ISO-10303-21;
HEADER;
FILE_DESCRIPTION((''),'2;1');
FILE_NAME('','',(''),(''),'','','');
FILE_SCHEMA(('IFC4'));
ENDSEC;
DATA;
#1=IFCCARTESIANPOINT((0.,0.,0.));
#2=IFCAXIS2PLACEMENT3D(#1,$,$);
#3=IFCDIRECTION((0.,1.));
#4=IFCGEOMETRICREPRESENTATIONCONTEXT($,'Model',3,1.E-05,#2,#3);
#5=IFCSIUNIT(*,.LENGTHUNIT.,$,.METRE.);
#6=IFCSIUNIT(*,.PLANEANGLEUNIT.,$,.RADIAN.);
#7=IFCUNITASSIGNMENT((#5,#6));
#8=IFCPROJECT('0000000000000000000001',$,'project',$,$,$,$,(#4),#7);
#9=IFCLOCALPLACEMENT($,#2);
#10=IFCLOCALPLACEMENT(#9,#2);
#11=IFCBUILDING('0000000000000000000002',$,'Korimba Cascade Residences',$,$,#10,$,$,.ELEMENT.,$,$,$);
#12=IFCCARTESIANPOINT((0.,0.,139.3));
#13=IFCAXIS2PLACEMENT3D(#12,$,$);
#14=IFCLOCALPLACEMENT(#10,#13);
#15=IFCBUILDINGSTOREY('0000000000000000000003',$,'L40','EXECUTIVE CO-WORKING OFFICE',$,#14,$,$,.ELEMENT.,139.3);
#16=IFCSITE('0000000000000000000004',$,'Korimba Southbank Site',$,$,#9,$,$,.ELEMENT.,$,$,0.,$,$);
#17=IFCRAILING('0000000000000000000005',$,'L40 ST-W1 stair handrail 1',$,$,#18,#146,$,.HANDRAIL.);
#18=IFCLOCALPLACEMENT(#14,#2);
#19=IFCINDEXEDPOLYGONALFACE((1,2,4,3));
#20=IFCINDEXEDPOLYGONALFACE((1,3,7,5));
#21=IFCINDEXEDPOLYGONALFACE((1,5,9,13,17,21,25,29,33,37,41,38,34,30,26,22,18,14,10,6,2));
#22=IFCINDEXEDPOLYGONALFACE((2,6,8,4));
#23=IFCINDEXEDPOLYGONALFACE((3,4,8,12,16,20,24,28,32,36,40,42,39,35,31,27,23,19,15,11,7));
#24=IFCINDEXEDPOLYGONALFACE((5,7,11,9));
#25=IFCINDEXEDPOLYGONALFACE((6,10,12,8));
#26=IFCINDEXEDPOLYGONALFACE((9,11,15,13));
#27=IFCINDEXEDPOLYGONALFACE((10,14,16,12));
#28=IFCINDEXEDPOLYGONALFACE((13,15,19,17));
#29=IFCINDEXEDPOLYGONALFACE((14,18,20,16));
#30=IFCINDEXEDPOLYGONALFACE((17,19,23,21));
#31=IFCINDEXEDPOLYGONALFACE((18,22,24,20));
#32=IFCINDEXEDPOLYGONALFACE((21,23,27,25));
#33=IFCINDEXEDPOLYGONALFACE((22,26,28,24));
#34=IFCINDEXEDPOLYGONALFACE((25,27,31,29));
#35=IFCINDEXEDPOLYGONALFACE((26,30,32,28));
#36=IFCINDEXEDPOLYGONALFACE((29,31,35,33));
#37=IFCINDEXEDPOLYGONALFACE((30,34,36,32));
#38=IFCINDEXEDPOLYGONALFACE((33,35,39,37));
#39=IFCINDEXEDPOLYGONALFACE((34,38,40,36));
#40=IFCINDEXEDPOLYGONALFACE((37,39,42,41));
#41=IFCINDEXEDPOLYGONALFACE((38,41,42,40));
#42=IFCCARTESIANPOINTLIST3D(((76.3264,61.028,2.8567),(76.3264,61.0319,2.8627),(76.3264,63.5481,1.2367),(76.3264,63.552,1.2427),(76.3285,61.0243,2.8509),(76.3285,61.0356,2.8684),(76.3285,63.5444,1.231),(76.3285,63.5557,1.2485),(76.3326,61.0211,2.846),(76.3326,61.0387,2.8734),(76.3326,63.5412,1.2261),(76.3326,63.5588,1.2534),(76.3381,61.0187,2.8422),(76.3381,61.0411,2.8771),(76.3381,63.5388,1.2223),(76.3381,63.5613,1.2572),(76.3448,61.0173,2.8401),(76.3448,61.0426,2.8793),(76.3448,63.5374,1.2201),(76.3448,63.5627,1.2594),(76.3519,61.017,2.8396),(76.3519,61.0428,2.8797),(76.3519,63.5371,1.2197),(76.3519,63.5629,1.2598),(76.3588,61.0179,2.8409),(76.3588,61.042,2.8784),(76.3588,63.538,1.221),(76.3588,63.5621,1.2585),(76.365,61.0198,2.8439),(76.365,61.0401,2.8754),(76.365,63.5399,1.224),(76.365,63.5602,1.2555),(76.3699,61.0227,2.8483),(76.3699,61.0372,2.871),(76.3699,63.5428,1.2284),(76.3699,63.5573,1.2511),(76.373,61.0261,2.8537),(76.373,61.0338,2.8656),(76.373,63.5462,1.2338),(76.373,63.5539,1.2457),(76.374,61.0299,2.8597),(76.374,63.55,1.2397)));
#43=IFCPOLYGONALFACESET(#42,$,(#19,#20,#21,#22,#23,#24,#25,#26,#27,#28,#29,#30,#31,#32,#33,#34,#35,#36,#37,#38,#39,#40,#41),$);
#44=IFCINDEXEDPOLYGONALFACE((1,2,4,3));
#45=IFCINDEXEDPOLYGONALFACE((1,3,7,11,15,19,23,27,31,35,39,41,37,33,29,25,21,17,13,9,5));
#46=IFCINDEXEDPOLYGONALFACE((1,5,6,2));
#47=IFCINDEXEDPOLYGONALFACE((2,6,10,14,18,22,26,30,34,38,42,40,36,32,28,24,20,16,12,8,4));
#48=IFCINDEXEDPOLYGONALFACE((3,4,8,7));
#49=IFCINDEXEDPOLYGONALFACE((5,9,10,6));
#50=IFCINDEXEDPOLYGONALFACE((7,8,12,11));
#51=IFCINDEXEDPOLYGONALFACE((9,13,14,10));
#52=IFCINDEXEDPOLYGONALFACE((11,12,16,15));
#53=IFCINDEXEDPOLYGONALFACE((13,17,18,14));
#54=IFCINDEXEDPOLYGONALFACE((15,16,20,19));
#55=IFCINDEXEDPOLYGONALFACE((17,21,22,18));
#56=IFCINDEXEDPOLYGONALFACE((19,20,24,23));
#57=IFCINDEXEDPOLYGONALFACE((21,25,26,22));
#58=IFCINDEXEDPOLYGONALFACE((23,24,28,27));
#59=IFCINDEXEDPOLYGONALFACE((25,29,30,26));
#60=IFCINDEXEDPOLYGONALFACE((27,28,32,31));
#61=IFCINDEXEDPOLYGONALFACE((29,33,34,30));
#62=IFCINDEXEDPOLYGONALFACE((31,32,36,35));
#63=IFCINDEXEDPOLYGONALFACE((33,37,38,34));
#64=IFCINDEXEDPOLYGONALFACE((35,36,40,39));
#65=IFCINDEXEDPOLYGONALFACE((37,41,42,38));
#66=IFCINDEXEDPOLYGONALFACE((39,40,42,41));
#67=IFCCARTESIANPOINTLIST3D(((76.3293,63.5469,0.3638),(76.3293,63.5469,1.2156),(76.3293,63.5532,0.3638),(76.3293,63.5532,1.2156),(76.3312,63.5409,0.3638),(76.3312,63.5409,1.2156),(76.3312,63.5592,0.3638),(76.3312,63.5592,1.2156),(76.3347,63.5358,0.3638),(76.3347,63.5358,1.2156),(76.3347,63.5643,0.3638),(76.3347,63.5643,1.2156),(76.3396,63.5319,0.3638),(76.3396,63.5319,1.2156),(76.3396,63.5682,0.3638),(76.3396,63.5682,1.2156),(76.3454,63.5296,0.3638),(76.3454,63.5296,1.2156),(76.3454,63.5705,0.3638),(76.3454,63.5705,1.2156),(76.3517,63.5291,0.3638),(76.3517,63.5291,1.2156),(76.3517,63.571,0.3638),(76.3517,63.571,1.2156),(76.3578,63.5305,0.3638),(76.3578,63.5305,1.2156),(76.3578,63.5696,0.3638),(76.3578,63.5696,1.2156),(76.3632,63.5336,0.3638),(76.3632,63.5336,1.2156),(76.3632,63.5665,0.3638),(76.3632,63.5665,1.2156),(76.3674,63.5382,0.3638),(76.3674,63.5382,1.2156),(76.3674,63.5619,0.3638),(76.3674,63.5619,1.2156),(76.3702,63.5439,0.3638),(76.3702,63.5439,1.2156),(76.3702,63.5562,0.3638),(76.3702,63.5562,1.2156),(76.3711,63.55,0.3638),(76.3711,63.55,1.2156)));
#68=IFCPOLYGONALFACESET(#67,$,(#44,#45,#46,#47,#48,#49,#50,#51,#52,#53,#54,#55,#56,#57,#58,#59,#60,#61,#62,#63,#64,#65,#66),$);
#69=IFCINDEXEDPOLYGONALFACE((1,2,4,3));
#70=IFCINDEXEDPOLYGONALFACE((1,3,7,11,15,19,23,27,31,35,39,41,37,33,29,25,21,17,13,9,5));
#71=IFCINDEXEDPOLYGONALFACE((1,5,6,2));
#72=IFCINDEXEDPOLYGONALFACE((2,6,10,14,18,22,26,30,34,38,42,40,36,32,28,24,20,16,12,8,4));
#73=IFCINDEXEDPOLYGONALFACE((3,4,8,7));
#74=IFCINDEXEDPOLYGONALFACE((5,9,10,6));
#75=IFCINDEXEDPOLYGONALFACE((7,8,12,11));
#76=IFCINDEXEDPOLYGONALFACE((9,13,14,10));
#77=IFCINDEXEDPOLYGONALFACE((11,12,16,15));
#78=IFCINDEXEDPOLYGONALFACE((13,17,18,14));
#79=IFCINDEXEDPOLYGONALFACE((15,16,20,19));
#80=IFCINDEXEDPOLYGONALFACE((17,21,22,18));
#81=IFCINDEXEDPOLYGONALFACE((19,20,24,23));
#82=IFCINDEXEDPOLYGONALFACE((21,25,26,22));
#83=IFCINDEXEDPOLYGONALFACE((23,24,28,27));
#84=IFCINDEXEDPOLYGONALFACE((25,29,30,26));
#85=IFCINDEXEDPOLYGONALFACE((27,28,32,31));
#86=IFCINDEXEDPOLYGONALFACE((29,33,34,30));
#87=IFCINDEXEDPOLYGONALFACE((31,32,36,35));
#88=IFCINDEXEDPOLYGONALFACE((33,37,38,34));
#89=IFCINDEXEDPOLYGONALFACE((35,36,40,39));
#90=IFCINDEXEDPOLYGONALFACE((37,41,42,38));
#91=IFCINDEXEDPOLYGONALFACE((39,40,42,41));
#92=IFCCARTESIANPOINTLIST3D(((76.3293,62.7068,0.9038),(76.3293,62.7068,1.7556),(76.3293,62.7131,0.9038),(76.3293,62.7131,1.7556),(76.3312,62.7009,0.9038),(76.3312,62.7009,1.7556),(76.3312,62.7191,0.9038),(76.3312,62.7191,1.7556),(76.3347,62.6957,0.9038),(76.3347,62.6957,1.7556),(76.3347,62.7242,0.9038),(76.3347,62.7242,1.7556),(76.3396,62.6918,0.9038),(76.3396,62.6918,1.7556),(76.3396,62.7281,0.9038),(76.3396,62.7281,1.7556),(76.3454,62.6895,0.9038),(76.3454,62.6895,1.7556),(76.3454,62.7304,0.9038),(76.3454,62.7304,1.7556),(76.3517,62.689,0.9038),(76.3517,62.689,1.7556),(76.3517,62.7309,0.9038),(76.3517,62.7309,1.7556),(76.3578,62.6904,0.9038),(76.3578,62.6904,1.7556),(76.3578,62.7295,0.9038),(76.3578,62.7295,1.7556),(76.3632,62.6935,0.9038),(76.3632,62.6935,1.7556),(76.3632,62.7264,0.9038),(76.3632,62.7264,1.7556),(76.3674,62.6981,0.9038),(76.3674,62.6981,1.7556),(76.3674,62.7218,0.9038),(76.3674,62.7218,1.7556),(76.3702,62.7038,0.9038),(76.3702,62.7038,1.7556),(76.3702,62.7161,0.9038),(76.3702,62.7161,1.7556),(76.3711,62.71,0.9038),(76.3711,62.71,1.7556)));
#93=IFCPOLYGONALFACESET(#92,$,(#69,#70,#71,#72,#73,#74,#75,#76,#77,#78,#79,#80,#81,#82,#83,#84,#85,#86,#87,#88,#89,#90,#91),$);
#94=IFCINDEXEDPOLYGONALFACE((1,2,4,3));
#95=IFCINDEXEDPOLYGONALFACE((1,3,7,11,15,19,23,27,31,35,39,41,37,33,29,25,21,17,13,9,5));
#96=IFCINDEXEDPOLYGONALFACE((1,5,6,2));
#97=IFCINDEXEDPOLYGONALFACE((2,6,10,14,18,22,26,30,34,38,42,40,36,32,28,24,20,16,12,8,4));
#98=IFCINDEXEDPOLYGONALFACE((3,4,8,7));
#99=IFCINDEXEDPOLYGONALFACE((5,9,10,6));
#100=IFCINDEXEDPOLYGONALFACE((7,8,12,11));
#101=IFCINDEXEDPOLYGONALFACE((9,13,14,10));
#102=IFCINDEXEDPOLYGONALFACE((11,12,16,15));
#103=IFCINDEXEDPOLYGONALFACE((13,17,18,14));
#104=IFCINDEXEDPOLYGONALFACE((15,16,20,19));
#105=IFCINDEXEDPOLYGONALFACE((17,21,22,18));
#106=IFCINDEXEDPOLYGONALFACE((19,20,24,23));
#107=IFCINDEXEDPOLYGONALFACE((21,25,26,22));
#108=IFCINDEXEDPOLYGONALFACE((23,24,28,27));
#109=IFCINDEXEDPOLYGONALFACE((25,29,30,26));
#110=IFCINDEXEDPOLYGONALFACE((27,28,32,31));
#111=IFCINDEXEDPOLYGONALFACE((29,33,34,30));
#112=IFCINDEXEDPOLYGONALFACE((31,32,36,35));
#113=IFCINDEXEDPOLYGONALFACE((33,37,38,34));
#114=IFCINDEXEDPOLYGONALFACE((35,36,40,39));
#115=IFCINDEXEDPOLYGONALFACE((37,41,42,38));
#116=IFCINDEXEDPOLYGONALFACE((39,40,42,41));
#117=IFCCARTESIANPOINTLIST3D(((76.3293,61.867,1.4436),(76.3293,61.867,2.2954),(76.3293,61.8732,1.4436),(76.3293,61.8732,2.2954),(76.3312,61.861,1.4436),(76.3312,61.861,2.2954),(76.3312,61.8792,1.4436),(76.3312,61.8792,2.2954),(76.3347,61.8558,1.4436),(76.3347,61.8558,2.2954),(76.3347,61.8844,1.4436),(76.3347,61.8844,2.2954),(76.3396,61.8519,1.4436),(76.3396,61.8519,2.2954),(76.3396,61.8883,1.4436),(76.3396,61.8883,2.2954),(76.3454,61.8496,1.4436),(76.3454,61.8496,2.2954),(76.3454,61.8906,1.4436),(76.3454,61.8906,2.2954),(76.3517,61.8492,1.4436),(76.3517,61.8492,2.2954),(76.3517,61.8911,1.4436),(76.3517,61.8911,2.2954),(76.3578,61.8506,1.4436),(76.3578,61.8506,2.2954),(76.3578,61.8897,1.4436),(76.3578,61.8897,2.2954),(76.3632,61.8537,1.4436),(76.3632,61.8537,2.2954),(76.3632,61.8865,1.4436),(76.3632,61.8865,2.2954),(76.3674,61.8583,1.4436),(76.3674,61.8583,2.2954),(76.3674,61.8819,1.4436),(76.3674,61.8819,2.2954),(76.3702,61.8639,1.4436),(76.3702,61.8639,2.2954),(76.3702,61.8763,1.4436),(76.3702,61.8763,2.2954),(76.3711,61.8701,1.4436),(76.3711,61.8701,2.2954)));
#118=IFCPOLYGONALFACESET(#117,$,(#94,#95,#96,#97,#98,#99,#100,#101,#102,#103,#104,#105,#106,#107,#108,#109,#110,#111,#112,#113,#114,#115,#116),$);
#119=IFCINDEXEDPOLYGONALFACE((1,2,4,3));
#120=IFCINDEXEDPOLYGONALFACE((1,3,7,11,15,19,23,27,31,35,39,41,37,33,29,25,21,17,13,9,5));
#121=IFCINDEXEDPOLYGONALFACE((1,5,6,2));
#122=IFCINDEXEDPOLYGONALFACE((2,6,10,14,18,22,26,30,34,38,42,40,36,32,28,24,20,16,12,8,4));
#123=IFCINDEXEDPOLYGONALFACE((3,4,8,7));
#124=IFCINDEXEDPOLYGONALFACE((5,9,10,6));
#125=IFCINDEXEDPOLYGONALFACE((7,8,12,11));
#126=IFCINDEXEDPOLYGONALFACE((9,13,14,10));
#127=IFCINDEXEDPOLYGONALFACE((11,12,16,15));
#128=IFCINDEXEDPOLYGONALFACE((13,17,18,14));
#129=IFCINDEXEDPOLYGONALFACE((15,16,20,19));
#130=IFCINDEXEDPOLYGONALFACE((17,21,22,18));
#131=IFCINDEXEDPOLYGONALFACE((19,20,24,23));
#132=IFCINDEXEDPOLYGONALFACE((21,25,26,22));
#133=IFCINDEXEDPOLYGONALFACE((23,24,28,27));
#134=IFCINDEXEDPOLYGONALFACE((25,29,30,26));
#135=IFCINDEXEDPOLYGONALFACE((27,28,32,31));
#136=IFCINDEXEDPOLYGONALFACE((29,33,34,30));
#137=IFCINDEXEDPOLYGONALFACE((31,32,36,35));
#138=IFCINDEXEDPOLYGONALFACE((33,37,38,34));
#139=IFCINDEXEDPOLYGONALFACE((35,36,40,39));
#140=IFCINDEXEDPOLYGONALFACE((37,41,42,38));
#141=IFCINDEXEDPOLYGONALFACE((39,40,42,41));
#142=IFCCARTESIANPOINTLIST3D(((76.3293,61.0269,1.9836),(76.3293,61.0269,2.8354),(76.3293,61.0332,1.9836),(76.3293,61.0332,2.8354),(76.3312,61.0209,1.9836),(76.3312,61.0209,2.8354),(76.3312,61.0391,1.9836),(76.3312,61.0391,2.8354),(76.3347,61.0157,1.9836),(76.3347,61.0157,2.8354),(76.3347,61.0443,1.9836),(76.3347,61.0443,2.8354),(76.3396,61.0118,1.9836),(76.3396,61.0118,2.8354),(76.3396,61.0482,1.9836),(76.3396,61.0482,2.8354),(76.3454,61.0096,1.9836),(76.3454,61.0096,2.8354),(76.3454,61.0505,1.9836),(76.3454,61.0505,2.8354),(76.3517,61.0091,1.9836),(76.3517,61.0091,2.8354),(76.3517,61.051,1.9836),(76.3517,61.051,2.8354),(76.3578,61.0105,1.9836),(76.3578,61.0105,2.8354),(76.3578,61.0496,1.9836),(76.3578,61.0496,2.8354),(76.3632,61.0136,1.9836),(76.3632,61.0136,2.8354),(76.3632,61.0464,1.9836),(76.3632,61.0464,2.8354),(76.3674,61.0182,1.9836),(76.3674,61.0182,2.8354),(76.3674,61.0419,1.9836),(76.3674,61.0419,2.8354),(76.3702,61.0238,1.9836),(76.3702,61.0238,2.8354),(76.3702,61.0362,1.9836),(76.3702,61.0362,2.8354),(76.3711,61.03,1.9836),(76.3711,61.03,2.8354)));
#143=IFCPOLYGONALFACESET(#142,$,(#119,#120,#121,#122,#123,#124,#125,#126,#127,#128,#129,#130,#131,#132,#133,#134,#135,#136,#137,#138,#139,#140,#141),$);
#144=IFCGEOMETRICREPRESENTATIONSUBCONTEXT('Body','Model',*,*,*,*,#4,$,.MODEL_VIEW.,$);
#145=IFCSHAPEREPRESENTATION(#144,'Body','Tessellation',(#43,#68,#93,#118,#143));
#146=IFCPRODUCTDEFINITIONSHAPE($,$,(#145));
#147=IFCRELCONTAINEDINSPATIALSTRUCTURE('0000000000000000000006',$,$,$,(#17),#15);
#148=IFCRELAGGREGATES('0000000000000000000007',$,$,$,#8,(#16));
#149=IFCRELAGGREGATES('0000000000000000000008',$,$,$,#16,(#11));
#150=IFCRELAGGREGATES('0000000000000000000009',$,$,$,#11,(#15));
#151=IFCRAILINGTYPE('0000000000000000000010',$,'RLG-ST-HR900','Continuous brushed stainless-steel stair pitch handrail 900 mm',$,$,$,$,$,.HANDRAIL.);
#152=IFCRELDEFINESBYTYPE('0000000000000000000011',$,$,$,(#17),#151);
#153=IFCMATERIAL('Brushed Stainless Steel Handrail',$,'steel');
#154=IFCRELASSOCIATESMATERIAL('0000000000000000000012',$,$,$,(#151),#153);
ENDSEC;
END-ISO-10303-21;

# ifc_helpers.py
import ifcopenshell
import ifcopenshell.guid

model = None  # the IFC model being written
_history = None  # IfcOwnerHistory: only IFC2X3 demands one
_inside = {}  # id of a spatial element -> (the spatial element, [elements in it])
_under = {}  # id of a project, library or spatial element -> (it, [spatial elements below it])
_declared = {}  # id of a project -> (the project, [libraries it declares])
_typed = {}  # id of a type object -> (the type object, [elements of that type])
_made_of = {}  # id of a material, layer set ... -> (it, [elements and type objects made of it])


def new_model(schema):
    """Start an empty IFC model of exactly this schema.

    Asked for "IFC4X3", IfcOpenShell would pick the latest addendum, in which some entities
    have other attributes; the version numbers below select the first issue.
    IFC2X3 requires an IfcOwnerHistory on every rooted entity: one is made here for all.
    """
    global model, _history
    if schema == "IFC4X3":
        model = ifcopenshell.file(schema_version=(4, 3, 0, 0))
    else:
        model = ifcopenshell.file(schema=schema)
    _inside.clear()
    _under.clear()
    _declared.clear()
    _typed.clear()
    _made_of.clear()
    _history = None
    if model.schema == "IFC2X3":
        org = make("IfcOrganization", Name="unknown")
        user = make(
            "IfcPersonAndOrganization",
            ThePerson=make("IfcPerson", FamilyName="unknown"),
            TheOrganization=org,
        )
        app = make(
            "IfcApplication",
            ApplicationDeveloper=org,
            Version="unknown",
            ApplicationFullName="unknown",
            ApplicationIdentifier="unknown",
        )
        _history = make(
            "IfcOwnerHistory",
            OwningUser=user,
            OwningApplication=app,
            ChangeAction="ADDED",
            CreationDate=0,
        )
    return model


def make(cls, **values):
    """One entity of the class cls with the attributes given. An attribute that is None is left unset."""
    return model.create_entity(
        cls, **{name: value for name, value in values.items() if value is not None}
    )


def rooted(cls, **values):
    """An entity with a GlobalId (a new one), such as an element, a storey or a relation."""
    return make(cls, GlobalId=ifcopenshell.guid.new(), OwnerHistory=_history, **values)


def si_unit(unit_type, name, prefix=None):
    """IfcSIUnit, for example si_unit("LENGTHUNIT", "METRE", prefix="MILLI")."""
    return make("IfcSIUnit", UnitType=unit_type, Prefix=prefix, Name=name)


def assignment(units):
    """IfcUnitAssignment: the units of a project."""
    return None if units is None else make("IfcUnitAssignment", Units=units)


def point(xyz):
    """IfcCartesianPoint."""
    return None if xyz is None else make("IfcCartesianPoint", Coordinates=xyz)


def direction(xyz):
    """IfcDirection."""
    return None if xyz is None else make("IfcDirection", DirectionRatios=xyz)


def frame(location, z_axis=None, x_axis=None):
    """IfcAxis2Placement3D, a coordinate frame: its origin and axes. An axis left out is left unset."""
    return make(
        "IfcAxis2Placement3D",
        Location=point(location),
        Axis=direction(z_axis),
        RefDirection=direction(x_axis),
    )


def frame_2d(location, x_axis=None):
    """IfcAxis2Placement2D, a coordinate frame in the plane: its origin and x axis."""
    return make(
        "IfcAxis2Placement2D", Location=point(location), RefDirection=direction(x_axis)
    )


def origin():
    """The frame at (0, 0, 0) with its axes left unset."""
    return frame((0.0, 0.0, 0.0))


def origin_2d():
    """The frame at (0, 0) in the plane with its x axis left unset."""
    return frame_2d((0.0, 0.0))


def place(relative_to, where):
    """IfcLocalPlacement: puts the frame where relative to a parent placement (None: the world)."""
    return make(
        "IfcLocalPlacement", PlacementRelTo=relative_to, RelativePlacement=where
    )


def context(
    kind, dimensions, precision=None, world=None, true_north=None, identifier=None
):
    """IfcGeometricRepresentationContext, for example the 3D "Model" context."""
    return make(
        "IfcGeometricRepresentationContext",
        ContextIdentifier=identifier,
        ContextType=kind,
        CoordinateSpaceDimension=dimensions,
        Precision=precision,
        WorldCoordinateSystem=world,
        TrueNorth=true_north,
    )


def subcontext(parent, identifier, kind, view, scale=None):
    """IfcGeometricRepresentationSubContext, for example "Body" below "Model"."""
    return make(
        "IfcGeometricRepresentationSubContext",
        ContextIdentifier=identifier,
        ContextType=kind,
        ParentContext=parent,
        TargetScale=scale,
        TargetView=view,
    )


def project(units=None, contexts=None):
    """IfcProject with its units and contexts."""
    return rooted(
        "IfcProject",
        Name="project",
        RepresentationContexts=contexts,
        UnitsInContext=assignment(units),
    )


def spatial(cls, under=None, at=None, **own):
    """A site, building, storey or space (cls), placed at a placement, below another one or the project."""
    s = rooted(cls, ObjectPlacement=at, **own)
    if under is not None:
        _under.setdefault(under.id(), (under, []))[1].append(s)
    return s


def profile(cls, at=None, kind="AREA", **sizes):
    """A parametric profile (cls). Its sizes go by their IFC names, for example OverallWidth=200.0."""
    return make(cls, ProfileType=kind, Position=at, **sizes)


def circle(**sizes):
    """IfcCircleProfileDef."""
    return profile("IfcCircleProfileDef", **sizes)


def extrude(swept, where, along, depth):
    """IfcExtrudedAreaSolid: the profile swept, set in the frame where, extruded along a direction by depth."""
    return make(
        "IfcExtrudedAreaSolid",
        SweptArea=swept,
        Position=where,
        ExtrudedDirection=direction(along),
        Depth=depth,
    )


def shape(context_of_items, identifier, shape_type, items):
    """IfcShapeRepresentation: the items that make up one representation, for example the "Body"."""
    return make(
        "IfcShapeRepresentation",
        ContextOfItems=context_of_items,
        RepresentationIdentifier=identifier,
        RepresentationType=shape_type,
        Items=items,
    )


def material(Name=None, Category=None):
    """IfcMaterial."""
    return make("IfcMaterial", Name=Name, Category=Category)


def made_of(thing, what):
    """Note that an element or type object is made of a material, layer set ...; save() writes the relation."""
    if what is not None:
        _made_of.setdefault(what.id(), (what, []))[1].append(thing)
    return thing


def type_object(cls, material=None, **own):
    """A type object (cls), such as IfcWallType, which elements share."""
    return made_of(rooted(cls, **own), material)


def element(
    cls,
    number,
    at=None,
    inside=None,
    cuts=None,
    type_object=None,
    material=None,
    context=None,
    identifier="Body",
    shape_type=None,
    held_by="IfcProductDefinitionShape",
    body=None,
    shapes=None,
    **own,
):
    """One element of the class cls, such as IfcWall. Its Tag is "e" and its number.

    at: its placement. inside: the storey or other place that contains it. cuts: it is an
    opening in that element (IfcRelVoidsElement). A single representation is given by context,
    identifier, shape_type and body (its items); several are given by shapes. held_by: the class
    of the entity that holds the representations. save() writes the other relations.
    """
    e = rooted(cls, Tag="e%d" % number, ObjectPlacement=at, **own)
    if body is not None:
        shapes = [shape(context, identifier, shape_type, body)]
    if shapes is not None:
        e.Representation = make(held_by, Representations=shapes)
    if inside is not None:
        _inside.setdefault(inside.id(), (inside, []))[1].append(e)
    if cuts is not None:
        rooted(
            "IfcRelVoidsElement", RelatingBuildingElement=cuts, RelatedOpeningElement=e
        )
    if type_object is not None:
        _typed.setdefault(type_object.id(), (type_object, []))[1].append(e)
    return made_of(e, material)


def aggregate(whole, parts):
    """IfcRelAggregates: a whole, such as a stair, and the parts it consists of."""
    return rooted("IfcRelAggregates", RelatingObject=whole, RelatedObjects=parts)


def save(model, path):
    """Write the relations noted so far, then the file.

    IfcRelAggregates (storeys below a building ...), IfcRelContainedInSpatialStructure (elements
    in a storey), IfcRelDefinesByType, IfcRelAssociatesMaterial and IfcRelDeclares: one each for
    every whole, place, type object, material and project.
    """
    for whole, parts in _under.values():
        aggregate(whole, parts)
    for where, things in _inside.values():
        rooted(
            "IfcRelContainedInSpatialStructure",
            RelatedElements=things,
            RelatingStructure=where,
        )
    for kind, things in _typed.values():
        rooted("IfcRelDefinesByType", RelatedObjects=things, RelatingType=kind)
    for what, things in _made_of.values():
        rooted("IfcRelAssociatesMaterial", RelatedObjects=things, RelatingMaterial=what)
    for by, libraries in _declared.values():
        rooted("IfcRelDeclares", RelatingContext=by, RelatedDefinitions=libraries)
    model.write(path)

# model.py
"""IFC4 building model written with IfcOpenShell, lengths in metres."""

from ifc_helpers import new_model, si_unit, direction, frame, origin, origin_2d, place, context, subcontext, project, spatial, circle, extrude, material, type_object, element, save


model = new_model("IFC4")

# Units and contexts
model_context = context("Model", 3, precision=1e-05, world=origin(), true_north=direction((0.0, 1.0)))
body_context = subcontext(model_context, "Body", "Model", "MODEL_VIEW")
ifc_project = project(units=[si_unit("LENGTHUNIT", "METRE"), si_unit("PLANEANGLEUNIT", "RADIAN")], contexts=[model_context])

# Site, building, storey
site_placement = place(None, origin())
site = spatial("IfcSite", under=ifc_project, at=site_placement, Name="Korimba Southbank Site", CompositionType="ELEMENT", RefElevation=0.0)
building_placement = place(site_placement, origin())
building = spatial("IfcBuilding", under=site, at=building_placement, Name="Korimba Cascade Residences", CompositionType="ELEMENT")
storey_placement = place(building_placement, frame((0.0, 0.0, 139.3)))
storey = spatial("IfcBuildingStorey", under=building, at=storey_placement, Name="L40", Description="EXECUTIVE CO-WORKING OFFICE", CompositionType="ELEMENT", Elevation=139.3)

# Railing
ifc_material_1 = material(Name="Brushed Stainless Steel Handrail", Category="steel")
railing_type_1 = type_object("IfcRailingType", Name="RLG-ST-HR900", Description="Continuous brushed stainless-steel stair pitch handrail 900 mm", PredefinedType="HANDRAIL", material=ifc_material_1)
railing_1_placement = place(storey_placement, frame((76.3501, 63.55, 0.3638)))
element("IfcRailing", 1, at=railing_1_placement, inside=storey, type_object=railing_type_1, Name="L40 ST-W1 stair handrail 1", PredefinedType="HANDRAIL", context=body_context, shape_type="SweptSolid", body=[
    extrude(circle(Radius=0.0239, at=origin_2d()), frame((0.0, 0.0, 0.876), z_axis=(0.0, -0.8412, 0.540725), x_axis=(1.0, 0.0, 0.0)), (0.0, 0.0, 1.0), 2.9958),
    extrude(circle(Radius=0.021, at=origin_2d()), origin(), (0.0, 0.0, 1.0), 0.8518),
    extrude(circle(Radius=0.021, at=origin_2d()), frame((0.0, -0.8401, 0.54)), (0.0, 0.0, 1.0), 0.8518),
    extrude(circle(Radius=0.021, at=origin_2d()), frame((0.0, -1.6799, 1.0798)), (0.0, 0.0, 1.0), 0.8518),
    extrude(circle(Radius=0.021, at=origin_2d()), frame((0.0, -2.52, 1.6199)), (0.0, 0.0, 1.0), 0.8518),
])

save(model, "model.ifc")
